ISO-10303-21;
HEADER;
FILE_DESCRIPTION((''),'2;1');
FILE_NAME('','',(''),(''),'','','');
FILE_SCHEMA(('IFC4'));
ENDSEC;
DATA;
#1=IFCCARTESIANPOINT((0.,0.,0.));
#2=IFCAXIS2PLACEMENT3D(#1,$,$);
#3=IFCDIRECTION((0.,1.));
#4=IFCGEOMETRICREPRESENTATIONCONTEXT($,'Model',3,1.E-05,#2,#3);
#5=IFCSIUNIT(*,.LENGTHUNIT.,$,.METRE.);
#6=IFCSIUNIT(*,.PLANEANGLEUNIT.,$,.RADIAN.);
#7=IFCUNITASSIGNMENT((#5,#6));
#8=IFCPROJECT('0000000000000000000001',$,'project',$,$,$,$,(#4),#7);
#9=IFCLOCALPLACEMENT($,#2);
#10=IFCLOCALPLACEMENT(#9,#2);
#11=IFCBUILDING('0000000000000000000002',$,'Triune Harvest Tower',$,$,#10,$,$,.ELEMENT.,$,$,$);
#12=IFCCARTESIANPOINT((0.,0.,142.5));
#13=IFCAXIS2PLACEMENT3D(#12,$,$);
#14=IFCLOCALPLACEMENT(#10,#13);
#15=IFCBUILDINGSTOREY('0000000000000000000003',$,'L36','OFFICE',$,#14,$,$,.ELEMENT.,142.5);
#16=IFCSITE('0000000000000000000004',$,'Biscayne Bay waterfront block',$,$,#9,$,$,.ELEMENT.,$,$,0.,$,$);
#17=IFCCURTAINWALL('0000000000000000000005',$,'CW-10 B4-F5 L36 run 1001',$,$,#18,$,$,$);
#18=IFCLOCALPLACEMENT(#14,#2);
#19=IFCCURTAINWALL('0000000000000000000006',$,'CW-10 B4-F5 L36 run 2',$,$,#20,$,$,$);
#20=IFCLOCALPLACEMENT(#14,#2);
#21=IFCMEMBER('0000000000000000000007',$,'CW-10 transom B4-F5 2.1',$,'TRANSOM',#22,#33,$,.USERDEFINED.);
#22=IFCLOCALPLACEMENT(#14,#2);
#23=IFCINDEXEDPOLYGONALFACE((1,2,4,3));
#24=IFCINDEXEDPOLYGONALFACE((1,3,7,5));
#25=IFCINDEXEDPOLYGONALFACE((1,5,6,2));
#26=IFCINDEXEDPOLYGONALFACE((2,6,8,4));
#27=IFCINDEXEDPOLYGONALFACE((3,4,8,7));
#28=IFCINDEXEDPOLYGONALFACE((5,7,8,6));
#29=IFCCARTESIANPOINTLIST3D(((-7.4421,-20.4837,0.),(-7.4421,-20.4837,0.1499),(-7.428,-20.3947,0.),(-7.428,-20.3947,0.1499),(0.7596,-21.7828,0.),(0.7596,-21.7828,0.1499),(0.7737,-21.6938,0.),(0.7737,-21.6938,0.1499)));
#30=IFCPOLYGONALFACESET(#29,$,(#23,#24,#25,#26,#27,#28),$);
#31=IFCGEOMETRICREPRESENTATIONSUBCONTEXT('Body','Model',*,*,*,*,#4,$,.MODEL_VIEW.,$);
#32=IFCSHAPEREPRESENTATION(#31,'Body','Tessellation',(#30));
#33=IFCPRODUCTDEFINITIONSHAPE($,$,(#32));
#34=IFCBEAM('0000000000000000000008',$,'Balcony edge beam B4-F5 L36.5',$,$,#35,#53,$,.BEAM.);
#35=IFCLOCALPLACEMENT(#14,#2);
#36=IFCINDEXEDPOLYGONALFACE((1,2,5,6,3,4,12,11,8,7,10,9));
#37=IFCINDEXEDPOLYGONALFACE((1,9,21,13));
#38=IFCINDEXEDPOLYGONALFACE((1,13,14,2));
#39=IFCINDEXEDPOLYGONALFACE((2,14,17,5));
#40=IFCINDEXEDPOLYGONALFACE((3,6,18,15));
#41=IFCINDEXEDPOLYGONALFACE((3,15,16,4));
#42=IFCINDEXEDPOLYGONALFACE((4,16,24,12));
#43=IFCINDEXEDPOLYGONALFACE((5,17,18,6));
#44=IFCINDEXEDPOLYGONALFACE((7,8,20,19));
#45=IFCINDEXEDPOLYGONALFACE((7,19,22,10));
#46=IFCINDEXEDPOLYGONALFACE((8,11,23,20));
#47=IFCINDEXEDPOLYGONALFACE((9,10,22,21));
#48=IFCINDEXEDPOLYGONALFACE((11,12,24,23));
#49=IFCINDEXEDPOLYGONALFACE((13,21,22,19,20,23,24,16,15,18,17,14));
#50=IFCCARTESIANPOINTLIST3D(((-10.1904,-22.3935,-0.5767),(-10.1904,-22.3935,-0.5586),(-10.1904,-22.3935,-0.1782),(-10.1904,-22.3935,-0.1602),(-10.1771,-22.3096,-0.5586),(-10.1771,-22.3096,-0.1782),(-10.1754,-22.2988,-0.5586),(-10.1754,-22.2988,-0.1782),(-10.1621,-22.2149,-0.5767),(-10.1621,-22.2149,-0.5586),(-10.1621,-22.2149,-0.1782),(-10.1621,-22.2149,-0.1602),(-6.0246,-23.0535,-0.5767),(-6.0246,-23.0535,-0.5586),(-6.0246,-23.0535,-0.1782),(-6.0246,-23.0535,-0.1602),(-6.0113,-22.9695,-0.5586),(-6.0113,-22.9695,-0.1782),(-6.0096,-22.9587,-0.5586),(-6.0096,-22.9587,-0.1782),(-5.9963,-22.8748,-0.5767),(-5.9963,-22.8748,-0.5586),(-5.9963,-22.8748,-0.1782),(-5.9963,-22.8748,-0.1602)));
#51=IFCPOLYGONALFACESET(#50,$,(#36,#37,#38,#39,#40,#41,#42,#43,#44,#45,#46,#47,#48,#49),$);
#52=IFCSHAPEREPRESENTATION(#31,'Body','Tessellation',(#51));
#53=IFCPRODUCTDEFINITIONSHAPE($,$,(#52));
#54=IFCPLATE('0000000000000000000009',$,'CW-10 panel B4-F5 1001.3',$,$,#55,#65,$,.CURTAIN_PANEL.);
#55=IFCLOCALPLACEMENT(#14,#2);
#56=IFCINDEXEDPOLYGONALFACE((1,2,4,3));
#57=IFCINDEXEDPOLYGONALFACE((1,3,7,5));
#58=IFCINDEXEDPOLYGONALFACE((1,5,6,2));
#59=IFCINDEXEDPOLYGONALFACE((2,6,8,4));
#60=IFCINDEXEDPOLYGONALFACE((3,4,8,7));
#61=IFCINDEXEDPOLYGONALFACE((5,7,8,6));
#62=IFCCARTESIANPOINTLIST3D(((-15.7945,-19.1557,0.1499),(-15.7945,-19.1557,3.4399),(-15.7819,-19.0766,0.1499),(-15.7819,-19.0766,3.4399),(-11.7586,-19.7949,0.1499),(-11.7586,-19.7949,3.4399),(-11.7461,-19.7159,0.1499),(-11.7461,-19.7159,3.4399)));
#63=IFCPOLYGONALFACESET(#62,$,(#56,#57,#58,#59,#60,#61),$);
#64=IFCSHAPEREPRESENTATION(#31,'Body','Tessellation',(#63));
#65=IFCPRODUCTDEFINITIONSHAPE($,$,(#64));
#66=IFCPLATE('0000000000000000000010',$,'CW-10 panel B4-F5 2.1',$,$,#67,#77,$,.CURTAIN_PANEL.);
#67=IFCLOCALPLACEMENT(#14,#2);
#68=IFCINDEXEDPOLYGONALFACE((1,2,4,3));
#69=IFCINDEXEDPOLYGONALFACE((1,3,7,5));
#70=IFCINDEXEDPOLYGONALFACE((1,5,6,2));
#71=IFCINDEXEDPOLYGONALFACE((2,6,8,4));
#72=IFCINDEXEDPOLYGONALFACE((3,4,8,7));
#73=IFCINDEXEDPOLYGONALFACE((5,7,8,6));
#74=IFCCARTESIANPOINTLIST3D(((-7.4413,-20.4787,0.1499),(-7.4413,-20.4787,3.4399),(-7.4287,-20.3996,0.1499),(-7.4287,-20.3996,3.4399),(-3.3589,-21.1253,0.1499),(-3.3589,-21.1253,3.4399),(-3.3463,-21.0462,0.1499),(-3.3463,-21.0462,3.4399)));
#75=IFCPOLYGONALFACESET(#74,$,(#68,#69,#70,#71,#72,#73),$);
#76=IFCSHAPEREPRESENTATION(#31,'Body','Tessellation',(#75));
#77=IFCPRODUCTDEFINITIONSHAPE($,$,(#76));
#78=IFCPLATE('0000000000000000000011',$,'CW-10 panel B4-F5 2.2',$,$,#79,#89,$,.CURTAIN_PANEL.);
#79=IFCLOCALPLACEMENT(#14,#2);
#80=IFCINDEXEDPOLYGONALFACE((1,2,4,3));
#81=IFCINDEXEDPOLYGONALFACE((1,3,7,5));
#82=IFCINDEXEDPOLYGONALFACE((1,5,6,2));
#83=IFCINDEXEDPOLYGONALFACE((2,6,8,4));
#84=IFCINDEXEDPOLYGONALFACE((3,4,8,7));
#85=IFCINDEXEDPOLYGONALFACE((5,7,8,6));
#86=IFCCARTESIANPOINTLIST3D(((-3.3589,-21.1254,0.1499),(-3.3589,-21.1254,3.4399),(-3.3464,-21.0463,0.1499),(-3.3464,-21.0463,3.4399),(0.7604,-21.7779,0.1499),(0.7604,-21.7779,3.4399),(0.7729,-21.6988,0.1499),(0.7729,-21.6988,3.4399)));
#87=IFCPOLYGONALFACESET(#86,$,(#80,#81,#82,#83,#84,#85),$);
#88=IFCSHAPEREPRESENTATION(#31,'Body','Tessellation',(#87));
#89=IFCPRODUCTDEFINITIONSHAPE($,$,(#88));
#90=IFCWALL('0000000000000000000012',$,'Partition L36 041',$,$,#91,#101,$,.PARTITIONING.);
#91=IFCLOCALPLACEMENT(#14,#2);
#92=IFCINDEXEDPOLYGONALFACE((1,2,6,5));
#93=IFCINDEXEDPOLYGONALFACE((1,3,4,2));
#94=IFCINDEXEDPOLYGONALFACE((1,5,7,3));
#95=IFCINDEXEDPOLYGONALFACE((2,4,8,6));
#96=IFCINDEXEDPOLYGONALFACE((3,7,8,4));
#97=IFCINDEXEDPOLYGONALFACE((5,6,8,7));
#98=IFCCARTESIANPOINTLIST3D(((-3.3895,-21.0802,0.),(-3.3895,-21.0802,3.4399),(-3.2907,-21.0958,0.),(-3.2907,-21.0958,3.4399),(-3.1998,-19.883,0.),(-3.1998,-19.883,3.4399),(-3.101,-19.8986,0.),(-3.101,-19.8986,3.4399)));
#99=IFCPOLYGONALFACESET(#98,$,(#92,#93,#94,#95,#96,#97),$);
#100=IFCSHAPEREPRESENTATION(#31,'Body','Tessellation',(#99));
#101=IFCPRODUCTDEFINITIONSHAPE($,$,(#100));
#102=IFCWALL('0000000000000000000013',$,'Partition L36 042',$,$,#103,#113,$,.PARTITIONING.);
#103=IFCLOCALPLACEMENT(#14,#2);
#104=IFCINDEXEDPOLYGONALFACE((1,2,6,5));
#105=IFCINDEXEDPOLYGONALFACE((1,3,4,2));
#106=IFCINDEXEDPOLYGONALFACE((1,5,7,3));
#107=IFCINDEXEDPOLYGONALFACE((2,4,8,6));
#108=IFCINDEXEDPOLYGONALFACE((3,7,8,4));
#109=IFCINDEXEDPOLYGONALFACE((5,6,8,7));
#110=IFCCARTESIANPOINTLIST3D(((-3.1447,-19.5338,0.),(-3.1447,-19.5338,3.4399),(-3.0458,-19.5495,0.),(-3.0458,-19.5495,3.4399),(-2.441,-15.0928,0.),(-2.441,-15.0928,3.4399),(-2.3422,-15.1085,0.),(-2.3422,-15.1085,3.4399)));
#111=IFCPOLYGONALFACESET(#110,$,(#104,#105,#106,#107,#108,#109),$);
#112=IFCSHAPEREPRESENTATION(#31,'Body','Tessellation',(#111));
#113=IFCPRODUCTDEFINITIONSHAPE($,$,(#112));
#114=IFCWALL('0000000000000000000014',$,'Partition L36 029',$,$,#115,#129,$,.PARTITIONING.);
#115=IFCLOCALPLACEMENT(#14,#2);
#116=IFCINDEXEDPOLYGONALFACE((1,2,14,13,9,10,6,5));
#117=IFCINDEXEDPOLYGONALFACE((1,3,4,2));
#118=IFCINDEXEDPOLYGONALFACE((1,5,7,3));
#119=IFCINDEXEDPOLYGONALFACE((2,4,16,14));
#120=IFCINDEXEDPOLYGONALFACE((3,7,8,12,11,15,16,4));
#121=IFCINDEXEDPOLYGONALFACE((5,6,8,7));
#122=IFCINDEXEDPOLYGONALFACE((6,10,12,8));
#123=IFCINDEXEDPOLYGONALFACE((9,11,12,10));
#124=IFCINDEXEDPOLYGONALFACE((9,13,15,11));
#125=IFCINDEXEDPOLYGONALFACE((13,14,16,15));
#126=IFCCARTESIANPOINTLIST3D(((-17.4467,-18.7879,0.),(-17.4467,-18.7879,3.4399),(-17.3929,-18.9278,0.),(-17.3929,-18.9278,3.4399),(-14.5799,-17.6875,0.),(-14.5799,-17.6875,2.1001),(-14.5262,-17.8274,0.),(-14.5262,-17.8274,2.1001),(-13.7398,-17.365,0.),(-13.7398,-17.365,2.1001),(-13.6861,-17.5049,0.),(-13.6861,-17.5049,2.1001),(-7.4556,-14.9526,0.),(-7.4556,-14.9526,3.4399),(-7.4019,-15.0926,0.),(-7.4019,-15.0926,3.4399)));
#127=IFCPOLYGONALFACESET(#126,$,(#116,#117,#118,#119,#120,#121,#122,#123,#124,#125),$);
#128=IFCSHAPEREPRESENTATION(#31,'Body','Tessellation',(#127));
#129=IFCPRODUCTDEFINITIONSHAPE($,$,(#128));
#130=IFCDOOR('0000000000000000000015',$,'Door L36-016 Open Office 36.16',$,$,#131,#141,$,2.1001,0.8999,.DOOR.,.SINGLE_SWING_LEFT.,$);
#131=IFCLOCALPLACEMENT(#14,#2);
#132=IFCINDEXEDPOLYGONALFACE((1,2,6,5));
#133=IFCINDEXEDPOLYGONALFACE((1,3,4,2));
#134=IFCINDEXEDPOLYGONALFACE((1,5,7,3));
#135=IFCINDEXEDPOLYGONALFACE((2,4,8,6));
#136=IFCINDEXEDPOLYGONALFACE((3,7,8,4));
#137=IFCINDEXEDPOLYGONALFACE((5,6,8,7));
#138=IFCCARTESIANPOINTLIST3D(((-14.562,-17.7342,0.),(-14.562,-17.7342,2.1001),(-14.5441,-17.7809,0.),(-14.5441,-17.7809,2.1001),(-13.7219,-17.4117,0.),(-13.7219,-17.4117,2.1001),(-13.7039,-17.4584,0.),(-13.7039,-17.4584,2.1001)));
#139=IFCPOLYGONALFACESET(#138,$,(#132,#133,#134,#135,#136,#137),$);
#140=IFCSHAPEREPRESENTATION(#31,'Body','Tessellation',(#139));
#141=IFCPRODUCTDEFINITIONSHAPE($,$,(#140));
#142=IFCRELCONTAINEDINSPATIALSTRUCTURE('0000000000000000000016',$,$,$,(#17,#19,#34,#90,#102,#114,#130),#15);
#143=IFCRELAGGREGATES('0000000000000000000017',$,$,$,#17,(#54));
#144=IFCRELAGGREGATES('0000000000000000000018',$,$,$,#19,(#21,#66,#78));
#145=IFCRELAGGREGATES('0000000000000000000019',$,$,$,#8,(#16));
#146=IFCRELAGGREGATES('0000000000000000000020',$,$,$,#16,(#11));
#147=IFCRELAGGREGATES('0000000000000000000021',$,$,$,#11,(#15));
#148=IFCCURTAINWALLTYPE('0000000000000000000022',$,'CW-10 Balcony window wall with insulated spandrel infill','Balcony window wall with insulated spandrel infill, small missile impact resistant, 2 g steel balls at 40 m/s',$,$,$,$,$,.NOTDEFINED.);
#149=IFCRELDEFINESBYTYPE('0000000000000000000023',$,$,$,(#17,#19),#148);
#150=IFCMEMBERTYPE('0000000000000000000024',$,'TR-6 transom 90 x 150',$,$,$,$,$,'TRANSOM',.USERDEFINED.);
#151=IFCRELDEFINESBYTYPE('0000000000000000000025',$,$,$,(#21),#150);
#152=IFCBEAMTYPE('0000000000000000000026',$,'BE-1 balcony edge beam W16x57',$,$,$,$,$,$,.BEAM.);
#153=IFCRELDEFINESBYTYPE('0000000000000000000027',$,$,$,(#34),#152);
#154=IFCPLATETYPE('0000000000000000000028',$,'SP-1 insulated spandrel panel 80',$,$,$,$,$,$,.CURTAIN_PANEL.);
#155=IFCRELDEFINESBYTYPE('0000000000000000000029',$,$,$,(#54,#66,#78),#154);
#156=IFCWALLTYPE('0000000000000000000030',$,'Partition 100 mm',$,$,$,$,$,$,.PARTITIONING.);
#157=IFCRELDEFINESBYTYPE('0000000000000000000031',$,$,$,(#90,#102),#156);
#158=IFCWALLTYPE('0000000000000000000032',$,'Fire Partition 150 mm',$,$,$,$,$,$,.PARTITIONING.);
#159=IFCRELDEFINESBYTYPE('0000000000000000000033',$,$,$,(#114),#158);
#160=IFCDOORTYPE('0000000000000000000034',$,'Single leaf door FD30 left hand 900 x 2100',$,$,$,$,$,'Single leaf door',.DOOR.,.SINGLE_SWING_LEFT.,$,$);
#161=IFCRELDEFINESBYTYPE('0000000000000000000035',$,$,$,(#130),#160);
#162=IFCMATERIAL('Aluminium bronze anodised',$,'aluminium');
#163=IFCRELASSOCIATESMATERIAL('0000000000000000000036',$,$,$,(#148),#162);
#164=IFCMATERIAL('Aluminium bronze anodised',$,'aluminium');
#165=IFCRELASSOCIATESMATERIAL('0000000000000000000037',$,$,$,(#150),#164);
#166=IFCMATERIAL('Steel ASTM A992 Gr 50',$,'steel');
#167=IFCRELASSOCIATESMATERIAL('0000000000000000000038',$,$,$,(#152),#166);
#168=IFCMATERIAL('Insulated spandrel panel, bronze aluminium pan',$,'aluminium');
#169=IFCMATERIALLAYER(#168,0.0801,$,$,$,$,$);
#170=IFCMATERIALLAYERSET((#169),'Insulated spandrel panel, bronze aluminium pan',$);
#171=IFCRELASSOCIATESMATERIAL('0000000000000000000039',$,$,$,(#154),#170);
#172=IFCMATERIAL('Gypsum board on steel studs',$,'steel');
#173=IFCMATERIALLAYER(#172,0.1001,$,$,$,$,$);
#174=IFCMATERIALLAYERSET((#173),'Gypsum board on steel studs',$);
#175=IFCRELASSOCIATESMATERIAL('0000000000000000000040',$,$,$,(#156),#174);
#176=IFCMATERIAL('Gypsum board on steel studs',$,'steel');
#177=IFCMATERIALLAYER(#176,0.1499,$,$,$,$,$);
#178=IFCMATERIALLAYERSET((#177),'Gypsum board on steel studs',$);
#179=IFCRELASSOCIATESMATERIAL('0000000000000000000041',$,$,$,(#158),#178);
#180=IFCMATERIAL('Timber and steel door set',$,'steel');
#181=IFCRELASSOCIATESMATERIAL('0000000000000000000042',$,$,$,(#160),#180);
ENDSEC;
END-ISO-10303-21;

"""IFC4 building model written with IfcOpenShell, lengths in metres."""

from ifc_helpers import new_model, si_unit, direction, frame, frame_2d, origin, origin_2d, place, context, subcontext, project, spatial, rectangle, i_section, extrude, source, transform, mapped, material, layer, layer_set, material_profile, profile_set, type_object, element, fill, aggregate, save


model = new_model("IFC4")

# Units and contexts
model_context = context("Model", 3, precision=1e-05, world=origin(), true_north=direction((0.0, 1.0)))
body_context = subcontext(model_context, "Body", "Model", "MODEL_VIEW")
ifc_project = project(units=[si_unit("LENGTHUNIT", "METRE"), si_unit("PLANEANGLEUNIT", "RADIAN")], contexts=[model_context])

# Site, building, storey
site_placement = place(None, origin())
site = spatial("IfcSite", under=ifc_project, at=site_placement, Name="Biscayne Bay waterfront block", CompositionType="ELEMENT", RefElevation=0.0)
building_placement = place(site_placement, origin())
building = spatial("IfcBuilding", under=site, at=building_placement, Name="Triune Harvest Tower", CompositionType="ELEMENT")
storey_placement = place(building_placement, frame((0.0, 0.0, 142.5)))
storey = spatial("IfcBuildingStorey", under=building, at=storey_placement, Name="L36", Description="OFFICE", CompositionType="ELEMENT", Elevation=142.5)

# Curtain wall
ifc_material_1 = material(Name="Aluminium bronze anodised", Category="aluminium")
curtain_wall_type = type_object("IfcCurtainWallType", Name="CW-10 Balcony window wall with insulated spandrel infill", Description="Balcony window wall with insulated spandrel infill, small missile impact resistant, 2 g steel balls at 40 m/s", PredefinedType="NOTDEFINED", material=ifc_material_1)
curtain_wall_1_placement = place(storey_placement, origin())
curtain_wall_1 = element("IfcCurtainWall", 1, at=curtain_wall_1_placement, inside=storey, type_object=curtain_wall_type, Name="CW-10 B4-F5 L36 run 1001")
ifc_material_2 = material(Name="Aluminium bronze anodised", Category="aluminium")
ifc_material_profile_1 = material_profile(ifc_material_2, rectangle(XDim=0.0901, YDim=0.1499, at=origin_2d()), Name="TR-6 transom 90 x 150")
ifc_profile_set_1 = profile_set([ifc_material_profile_1], Name="Aluminium bronze anodised")
member_type_1 = type_object("IfcMemberType", Name="TR-6 transom 90 x 150", ElementType="TRANSOM", PredefinedType="USERDEFINED", material=ifc_profile_set_1)

# Curtain wall
curtain_wall_2_placement = place(storey_placement, origin())
curtain_wall_2 = element("IfcCurtainWall", 2, at=curtain_wall_2_placement, inside=storey, type_object=curtain_wall_type, Name="CW-10 B4-F5 L36 run 2")

# Member
shared_shape_1 = source(origin(), body_context, "Body", "SweptSolid", [
    extrude(rectangle(XDim=0.0901, YDim=0.1499, at=origin_2d()), origin(), (0.0, 0.0, 1.0), 8.304),
])
member_1_placement = place(storey_placement, frame((-7.4351, -20.4392, 0.075), z_axis=(0.987687, -0.156441, 0.0), x_axis=(0.156441, 0.987687, 0.0)))
member_1 = element("IfcMember", 3, at=member_1_placement, type_object=member_type_1, Name="CW-10 transom B4-F5 2.1", ObjectType="TRANSOM", PredefinedType="USERDEFINED", context=body_context, shape_type="MappedRepresentation", body=[
    mapped(shared_shape_1, transform((0.0, 0.0, 0.0), scale=1.0)),
])

# Beam
ifc_material_3 = material(Name="Steel ASTM A992 Gr 50", Category="steel")
ifc_material_profile_2 = material_profile(ifc_material_3, i_section(OverallWidth=0.1809, OverallDepth=0.4165, WebThickness=0.011, FlangeThickness=0.0181, at=origin_2d()), Name="W16x57")
ifc_profile_set_2 = profile_set([ifc_material_profile_2], Name="Steel ASTM A992 Gr 50")
beam_type_1 = type_object("IfcBeamType", Name="BE-1 balcony edge beam W16x57", PredefinedType="BEAM", material=ifc_profile_set_2)
shared_shape_2 = source(origin(), body_context, "Body", "SweptSolid", [
    extrude(i_section(OverallWidth=0.1809, OverallDepth=0.4165, WebThickness=0.011, FlangeThickness=0.0181, at=origin_2d()), origin(), (0.0, 0.0, 1.0), 4.2178),
])
beam_1_placement = place(storey_placement, frame((-10.1763, -22.3042, -0.3684), z_axis=(0.987684, -0.156462, 0.0), x_axis=(0.156462, 0.987684, 0.0)))
element("IfcBeam", 4, at=beam_1_placement, inside=storey, type_object=beam_type_1, Name="Balcony edge beam B4-F5 L36.5", PredefinedType="BEAM", context=body_context, shape_type="MappedRepresentation", body=[
    mapped(shared_shape_2, transform((0.0, 0.0, 0.0), scale=1.0)),
])

# Plates
ifc_material_4 = material(Name="Insulated spandrel panel, bronze aluminium pan", Category="aluminium")
ifc_layer_1 = layer(ifc_material_4, 0.0801)
ifc_layer_set_1 = layer_set([ifc_layer_1], Name="Insulated spandrel panel, bronze aluminium pan")
plate_type = type_object("IfcPlateType", Name="SP-1 insulated spandrel panel 80", PredefinedType="CURTAIN_PANEL", material=ifc_layer_set_1)
shared_shape_3 = source(origin(), body_context, "Body", "SweptSolid", [
    extrude(rectangle(XDim=4.0862, YDim=0.0801, at=origin_2d()), origin(), (0.0, 0.0, 1.0), 3.29),
])
plate_1_placement = place(storey_placement, frame((-13.7703, -19.4358, 0.1499), z_axis=(0.0, 0.0, 1.0), x_axis=(0.987688, -0.156434, 0.0)))
plate_1 = element("IfcPlate", 5, at=plate_1_placement, type_object=plate_type, Name="CW-10 panel B4-F5 1001.3", PredefinedType="CURTAIN_PANEL", context=body_context, shape_type="MappedRepresentation", body=[
    mapped(shared_shape_3, transform((0.0, 0.0, 0.0), scale=1.0)),
])
aggregate(curtain_wall_1, [plate_1])
shared_shape_4 = source(origin(), body_context, "Body", "SweptSolid", [
    extrude(rectangle(XDim=4.1333, YDim=0.0801, at=origin_2d()), origin(), (0.0, 0.0, 1.0), 3.29),
])
plate_2_placement = place(storey_placement, frame((-5.3938, -20.7625, 0.1499), z_axis=(0.0, 0.0, 1.0), x_axis=(0.987688, -0.156435, 0.0)))
plate_2 = element("IfcPlate", 6, at=plate_2_placement, type_object=plate_type, Name="CW-10 panel B4-F5 2.1", PredefinedType="CURTAIN_PANEL", context=body_context, shape_type="MappedRepresentation", body=[
    mapped(shared_shape_4, transform((0.0, 0.0, 0.0), scale=1.0)),
])
shared_shape_5 = source(origin(), body_context, "Body", "SweptSolid", [
    extrude(rectangle(XDim=4.1707, YDim=0.0801, at=origin_2d()), origin(), (0.0, 0.0, 1.0), 3.29),
])
plate_3_placement = place(storey_placement, frame((-1.293, -21.4121, 0.1499), z_axis=(0.0, 0.0, 1.0), x_axis=(0.987688, -0.156435, 0.0)))
plate_3 = element("IfcPlate", 7, at=plate_3_placement, type_object=plate_type, Name="CW-10 panel B4-F5 2.2", PredefinedType="CURTAIN_PANEL", context=body_context, shape_type="MappedRepresentation", body=[
    mapped(shared_shape_5, transform((0.0, 0.0, 0.0), scale=1.0)),
])
aggregate(curtain_wall_2, [member_1, plate_2, plate_3])

# Walls
ifc_material_5 = material(Name="Gypsum board on steel studs", Category="steel")
ifc_layer_2 = layer(ifc_material_5, 0.1001)
ifc_layer_set_2 = layer_set([ifc_layer_2], Name="Gypsum board on steel studs")
wall_type_1 = type_object("IfcWallType", Name="Partition 100 mm", PredefinedType="PARTITIONING", material=ifc_layer_set_2)
shared_shape_6 = source(origin(), body_context, "Body", "SweptSolid", [
    extrude(rectangle(XDim=1.2122, YDim=0.1001, at=frame_2d((0.606, 0.0))), origin(), (0.0, 0.0, 1.0), 3.4399),
])
wall_1_placement = place(storey_placement, frame((-3.3401, -21.0879, 0.0), z_axis=(0.0, 0.0, 1.0), x_axis=(0.15649, 0.98768, 0.0)))
element("IfcWall", 8, at=wall_1_placement, inside=storey, type_object=wall_type_1, Name="Partition L36 041", PredefinedType="PARTITIONING", context=body_context, shape_type="MappedRepresentation", body=[
    mapped(shared_shape_6, transform((0.0, 0.0, 0.0), scale=1.0)),
])
shared_shape_7 = source(origin(), body_context, "Body", "SweptSolid", [
    extrude(rectangle(XDim=4.4963, YDim=0.1001, at=frame_2d((2.248, 0.0))), origin(), (0.0, 0.0, 1.0), 3.4399),
])
wall_2_placement = place(storey_placement, frame((-3.0952, -19.5415, 0.0), z_axis=(0.0, 0.0, 1.0), x_axis=(0.156487, 0.98768, 0.0)))
element("IfcWall", 9, at=wall_2_placement, inside=storey, type_object=wall_type_1, Name="Partition L36 042", PredefinedType="PARTITIONING", context=body_context, shape_type="MappedRepresentation", body=[
    mapped(shared_shape_7, transform((0.0, 0.0, 0.0), scale=1.0)),
])

# Wall, opening, door
ifc_material_6 = material(Name="Gypsum board on steel studs", Category="steel")
ifc_layer_3 = layer(ifc_material_6, 0.1499)
ifc_layer_set_3 = layer_set([ifc_layer_3], Name="Gypsum board on steel studs")
wall_type_2 = type_object("IfcWallType", Name="Fire Partition 150 mm", PredefinedType="PARTITIONING", material=ifc_layer_set_3)
shared_shape_8 = source(origin(), body_context, "Body", "SweptSolid", [
    extrude(rectangle(XDim=10.7019, YDim=0.1499, at=frame_2d((5.3511, 0.0))), origin(), (0.0, 0.0, 1.0), 3.4399),
])
wall_3_placement = place(storey_placement, frame((-17.4199, -18.8579, 0.0), z_axis=(0.0, 0.0, 1.0), x_axis=(0.933579, 0.358371, 0.0)))
wall_3 = element("IfcWall", 10, at=wall_3_placement, inside=storey, type_object=wall_type_2, Name="Partition L36 029", PredefinedType="PARTITIONING", context=body_context, shape_type="MappedRepresentation", body=[
    mapped(shared_shape_8, transform((0.0, 0.0, 0.0), scale=1.0)),
])
opening_1_placement = place(wall_3_placement, frame((3.0708, 0.0, 0.0)))
opening_1 = element("IfcOpeningElement", 11, at=opening_1_placement, cuts=wall_3, PredefinedType="OPENING", context=body_context, shape_type="SweptSolid", body=[
    extrude(rectangle(XDim=0.8999, YDim=2.1001, at=frame_2d((0.45, 1.05))), frame((0.0, 0.085, 0.0), z_axis=(0.0, -1.0, 0.0), x_axis=(1.0, 0.0, 0.0)), (0.0, 0.0, 1.0), 0.1699),
])
ifc_material_7 = material(Name="Timber and steel door set", Category="steel")
door_type_1 = type_object("IfcDoorType", Name="Single leaf door FD30 left hand 900 x 2100", ElementType="Single leaf door", OperationType="SINGLE_SWING_LEFT", PredefinedType="DOOR", material=ifc_material_7)
door_1_placement = place(opening_1_placement, origin())
door_1 = element("IfcDoor", 12, at=door_1_placement, inside=storey, type_object=door_type_1, Name="Door L36-016 Open Office 36.16", OperationType="SINGLE_SWING_LEFT", OverallHeight=2.1001, OverallWidth=0.8999, PredefinedType="DOOR", context=body_context, shape_type="SweptSolid", body=[
    extrude(rectangle(XDim=0.8999, YDim=2.1001, at=frame_2d((0.45, 1.05))), frame((0.0, 0.0249, 0.0), z_axis=(0.0, -1.0, 0.0), x_axis=(1.0, 0.0, 0.0)), (0.0, 0.0, 1.0), 0.05),
])
fill(opening_1, door_1)

save(model, "model.ifc")
